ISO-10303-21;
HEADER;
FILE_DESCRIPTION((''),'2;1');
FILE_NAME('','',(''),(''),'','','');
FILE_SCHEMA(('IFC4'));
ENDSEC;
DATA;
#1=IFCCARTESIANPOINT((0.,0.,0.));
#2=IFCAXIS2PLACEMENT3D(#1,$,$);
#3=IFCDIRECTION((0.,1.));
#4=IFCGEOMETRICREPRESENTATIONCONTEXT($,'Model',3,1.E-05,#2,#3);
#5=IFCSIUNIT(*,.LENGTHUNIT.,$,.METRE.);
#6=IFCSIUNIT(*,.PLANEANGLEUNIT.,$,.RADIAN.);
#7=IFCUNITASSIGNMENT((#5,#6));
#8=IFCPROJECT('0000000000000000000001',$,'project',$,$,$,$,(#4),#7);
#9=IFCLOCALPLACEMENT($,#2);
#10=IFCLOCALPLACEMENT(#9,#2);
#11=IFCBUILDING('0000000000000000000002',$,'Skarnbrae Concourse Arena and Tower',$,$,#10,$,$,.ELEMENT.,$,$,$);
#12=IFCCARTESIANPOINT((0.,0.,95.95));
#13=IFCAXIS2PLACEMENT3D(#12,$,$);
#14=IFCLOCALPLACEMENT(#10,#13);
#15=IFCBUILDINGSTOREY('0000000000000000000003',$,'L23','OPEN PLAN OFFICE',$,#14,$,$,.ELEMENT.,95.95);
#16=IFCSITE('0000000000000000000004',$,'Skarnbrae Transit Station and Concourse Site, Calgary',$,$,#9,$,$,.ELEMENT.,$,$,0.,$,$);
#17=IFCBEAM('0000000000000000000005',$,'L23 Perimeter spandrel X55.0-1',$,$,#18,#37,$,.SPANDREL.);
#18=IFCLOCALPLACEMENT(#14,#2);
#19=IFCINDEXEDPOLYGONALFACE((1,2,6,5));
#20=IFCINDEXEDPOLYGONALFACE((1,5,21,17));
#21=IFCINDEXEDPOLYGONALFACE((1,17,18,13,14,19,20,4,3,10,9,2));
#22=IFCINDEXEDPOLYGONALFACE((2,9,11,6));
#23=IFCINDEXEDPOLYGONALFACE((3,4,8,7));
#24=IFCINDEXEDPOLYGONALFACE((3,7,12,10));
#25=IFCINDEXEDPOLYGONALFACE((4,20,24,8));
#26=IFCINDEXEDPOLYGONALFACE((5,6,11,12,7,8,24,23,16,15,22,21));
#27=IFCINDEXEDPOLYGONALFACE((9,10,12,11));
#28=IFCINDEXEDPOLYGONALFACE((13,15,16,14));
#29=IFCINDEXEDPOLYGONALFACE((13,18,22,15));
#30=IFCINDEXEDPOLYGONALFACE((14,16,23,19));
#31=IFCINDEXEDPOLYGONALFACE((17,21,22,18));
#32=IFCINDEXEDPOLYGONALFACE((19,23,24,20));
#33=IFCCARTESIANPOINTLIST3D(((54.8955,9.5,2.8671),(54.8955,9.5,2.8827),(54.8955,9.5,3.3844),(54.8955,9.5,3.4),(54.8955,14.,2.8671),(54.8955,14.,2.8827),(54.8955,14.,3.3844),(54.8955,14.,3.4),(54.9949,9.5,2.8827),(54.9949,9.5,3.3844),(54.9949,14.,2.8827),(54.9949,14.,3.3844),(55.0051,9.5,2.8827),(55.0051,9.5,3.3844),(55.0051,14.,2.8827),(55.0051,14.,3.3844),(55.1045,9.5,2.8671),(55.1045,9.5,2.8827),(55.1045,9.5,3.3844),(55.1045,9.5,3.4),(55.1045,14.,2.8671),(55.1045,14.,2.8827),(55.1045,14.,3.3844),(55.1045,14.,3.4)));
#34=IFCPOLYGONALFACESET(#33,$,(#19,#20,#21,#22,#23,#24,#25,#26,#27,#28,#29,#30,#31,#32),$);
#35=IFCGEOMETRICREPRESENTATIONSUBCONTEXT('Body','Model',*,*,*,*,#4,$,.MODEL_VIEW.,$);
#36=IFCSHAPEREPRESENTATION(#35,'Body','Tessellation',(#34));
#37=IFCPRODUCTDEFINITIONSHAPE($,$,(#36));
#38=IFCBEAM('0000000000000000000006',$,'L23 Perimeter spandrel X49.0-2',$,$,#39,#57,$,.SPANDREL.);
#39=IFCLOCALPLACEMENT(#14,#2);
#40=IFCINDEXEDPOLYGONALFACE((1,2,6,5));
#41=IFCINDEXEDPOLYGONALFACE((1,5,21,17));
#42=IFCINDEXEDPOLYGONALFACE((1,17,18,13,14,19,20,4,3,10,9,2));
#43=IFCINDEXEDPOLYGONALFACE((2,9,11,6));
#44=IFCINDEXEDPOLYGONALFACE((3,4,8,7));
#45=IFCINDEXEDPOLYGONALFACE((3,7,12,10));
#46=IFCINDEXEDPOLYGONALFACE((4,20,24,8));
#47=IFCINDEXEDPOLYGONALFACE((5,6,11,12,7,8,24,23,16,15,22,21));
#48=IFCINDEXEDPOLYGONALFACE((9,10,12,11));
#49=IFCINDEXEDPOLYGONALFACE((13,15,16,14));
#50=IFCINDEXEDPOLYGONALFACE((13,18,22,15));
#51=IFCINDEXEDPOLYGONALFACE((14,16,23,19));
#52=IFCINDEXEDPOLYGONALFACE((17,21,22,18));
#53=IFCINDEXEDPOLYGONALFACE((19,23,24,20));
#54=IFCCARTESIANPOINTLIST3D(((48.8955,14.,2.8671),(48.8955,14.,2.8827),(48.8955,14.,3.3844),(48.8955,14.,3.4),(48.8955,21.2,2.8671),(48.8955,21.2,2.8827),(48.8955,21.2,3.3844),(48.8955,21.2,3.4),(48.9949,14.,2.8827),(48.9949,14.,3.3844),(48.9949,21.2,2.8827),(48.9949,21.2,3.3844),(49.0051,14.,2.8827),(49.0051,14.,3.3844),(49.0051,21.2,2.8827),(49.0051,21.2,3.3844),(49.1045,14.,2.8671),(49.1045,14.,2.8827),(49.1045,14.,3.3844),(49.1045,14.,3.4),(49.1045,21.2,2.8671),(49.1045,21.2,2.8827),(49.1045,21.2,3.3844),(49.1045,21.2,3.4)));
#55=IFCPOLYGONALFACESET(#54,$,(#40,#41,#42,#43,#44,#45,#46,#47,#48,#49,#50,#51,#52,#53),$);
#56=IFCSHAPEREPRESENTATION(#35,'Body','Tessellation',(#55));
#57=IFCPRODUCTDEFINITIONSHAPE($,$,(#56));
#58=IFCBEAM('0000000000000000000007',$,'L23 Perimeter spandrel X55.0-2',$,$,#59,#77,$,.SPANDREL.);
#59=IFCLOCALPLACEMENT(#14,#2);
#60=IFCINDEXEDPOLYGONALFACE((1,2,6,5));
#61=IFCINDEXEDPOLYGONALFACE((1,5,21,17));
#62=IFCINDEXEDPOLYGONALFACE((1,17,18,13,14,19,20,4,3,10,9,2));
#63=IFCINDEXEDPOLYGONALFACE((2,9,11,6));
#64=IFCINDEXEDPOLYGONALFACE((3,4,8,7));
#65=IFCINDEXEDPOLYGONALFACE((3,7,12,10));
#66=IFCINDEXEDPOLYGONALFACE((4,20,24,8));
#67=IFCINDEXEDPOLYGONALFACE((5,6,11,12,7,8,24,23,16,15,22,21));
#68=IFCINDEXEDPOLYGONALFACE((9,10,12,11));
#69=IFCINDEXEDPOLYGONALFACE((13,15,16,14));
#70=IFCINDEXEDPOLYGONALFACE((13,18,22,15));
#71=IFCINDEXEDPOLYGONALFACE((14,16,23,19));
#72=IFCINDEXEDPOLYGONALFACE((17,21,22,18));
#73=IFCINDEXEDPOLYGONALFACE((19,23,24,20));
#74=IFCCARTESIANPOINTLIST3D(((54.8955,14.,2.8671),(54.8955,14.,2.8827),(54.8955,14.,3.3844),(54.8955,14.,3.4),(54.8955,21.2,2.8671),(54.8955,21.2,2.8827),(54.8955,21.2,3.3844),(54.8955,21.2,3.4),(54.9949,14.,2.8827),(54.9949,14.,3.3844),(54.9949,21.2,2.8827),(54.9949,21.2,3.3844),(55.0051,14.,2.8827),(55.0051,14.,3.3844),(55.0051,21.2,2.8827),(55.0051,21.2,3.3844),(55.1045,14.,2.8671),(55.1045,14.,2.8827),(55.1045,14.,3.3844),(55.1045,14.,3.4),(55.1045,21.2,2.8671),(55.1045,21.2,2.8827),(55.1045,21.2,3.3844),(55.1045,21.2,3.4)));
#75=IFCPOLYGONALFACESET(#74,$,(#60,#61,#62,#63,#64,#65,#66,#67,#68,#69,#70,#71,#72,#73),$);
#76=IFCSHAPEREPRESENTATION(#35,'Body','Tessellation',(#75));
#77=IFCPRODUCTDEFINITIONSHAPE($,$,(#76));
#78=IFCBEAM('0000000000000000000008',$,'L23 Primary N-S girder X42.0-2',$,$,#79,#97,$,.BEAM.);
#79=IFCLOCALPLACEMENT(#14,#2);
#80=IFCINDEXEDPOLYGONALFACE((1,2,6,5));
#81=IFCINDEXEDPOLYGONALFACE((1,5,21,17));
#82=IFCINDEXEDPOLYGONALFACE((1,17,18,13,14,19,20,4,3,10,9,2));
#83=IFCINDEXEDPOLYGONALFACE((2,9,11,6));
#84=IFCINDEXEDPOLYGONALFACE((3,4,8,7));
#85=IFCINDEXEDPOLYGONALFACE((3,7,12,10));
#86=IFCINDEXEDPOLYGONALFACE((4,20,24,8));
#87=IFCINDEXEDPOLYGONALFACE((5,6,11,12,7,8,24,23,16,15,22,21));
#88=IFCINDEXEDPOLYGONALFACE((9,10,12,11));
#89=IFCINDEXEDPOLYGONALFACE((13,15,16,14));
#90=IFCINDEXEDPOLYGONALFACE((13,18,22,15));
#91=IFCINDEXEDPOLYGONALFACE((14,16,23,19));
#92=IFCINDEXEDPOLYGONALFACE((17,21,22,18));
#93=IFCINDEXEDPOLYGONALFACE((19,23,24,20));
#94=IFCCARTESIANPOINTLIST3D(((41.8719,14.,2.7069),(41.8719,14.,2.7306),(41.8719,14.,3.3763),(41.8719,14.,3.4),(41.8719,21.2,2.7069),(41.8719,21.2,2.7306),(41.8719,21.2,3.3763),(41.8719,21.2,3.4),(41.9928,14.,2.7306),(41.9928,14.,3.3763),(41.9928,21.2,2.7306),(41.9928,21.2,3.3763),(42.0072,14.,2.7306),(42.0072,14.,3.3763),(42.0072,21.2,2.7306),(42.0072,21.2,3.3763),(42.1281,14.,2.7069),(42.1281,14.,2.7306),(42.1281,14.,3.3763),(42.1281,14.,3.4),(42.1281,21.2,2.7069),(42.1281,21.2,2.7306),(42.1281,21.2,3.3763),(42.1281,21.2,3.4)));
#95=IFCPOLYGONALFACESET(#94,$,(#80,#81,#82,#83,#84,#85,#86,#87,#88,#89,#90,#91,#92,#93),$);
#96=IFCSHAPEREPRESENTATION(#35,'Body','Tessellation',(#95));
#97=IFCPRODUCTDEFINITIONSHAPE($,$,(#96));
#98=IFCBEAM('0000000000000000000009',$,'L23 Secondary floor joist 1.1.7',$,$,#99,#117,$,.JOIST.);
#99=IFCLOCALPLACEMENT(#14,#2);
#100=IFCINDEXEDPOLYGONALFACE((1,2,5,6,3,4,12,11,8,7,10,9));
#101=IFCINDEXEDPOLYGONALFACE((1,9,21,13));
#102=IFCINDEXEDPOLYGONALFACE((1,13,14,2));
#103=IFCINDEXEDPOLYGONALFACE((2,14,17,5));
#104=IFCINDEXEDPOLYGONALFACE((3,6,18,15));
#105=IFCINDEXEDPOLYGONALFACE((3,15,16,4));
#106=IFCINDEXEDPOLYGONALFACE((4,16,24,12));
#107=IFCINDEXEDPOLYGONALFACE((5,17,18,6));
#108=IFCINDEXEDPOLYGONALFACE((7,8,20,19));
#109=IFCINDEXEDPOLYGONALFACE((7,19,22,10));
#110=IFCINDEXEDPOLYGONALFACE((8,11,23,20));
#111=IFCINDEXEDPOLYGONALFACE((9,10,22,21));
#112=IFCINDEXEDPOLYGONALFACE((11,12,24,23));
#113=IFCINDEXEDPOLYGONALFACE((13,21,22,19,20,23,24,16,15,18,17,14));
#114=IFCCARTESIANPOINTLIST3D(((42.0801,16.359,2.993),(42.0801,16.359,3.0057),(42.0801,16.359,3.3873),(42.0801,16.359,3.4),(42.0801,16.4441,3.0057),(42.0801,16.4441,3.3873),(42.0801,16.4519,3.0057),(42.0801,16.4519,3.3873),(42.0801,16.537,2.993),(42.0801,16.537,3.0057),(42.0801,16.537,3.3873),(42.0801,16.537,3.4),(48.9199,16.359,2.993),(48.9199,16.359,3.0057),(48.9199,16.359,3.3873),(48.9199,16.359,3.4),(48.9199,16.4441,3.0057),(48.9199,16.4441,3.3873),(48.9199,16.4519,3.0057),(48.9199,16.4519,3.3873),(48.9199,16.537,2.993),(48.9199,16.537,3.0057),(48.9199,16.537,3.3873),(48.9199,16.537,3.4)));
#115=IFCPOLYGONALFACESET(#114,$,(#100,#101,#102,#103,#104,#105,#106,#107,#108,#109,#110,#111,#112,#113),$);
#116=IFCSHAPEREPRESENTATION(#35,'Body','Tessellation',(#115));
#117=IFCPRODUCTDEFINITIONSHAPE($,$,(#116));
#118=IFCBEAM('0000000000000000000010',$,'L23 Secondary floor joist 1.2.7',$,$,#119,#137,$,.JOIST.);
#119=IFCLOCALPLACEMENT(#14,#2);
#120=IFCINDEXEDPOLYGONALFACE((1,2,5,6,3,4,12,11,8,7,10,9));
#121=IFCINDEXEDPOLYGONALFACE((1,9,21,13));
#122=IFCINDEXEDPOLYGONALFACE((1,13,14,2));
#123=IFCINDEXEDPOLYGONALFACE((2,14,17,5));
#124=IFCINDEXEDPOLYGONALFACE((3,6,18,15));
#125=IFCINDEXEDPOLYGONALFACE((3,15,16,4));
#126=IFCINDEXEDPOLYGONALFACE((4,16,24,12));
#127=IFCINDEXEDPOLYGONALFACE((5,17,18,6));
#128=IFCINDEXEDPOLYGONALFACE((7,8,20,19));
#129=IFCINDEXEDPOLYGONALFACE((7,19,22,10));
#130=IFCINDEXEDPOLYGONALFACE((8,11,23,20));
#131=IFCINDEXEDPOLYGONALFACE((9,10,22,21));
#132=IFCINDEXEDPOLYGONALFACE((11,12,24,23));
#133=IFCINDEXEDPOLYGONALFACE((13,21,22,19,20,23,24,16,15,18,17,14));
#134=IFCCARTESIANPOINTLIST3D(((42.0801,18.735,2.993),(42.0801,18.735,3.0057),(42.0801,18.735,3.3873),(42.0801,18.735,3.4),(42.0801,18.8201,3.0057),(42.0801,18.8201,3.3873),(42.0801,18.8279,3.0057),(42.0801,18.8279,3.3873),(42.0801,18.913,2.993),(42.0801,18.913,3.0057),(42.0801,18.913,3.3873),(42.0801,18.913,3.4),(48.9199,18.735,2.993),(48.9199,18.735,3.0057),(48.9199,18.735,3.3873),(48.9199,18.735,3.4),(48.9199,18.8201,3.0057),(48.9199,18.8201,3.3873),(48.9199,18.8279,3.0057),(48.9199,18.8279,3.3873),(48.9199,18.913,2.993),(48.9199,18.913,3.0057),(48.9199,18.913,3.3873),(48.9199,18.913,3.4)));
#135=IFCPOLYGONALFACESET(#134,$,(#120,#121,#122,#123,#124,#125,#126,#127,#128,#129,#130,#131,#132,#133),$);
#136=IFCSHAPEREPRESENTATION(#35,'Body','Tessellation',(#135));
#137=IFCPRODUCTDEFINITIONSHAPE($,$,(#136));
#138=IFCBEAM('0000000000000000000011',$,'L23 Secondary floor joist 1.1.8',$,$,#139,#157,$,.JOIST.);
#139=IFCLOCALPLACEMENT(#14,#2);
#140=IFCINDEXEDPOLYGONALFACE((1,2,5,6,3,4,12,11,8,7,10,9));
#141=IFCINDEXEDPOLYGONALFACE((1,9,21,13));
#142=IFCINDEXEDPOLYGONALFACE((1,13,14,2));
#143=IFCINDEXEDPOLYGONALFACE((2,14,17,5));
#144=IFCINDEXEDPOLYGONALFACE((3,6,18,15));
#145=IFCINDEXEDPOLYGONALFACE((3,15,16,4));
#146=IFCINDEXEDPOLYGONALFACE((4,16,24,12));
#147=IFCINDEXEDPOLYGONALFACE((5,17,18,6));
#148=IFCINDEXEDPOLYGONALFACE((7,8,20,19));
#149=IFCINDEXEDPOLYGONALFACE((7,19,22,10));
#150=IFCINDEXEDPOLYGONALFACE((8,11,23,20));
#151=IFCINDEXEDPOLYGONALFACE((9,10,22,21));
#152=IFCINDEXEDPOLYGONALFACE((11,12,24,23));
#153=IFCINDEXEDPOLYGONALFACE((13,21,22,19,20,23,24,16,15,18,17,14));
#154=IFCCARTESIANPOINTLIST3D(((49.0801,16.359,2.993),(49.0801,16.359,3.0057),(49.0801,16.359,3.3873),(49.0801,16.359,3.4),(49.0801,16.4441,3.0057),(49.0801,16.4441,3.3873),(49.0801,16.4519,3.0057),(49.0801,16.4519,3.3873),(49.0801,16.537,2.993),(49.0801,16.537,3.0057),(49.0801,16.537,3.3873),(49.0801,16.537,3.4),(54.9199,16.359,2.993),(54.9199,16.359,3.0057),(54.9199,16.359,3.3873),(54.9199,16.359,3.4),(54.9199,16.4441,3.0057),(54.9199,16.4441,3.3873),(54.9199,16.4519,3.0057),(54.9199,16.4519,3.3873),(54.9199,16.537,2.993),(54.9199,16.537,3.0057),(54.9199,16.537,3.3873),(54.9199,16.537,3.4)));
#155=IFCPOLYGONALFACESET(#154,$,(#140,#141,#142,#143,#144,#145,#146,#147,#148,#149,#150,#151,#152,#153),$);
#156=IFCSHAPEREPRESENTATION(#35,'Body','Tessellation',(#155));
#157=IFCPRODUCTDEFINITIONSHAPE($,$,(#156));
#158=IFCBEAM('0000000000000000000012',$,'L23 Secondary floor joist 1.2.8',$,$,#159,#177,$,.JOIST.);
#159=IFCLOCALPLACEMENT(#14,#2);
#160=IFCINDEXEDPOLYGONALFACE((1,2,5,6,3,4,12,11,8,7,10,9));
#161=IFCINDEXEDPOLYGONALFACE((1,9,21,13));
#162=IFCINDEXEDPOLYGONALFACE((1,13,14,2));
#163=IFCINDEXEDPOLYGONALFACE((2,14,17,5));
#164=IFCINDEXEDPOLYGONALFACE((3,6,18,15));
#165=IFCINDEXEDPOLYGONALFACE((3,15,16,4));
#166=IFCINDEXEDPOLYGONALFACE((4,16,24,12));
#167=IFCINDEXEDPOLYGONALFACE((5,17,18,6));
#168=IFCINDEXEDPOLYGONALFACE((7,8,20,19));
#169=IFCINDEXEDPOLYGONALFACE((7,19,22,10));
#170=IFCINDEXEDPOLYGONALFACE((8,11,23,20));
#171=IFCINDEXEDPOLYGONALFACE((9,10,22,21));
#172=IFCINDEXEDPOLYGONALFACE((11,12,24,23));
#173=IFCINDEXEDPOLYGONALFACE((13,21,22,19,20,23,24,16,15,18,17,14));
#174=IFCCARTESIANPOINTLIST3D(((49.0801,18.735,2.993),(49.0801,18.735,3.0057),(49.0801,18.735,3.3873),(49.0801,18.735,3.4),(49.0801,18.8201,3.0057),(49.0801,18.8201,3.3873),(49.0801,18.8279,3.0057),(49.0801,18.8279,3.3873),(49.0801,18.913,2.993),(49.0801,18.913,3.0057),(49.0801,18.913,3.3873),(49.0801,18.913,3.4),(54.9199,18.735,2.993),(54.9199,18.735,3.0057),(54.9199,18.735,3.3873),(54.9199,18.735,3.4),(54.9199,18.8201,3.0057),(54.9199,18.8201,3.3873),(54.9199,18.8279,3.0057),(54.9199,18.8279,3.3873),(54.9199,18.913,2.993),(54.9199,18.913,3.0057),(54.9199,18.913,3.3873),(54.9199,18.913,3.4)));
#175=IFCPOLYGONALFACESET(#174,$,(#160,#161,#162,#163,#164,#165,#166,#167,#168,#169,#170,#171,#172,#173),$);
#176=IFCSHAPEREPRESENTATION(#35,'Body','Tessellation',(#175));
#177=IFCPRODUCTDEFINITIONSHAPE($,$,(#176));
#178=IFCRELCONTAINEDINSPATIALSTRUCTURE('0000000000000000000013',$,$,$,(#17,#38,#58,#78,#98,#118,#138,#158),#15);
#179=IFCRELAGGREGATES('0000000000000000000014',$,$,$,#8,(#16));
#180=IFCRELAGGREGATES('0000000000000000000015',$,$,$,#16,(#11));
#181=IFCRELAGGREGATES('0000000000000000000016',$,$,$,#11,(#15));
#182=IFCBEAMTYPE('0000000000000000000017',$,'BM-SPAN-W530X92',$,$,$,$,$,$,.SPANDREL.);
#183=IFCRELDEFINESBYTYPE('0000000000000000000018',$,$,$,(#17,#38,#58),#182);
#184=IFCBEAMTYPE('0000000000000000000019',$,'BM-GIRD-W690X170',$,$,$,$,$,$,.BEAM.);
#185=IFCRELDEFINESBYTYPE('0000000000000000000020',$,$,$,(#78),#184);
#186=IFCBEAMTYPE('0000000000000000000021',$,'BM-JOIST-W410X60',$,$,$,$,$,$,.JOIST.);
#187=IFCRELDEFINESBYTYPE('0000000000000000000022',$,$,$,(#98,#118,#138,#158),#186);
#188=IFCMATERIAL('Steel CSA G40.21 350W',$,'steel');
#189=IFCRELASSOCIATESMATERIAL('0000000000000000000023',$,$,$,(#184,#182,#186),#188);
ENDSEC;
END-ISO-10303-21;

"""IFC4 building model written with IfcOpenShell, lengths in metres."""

from ifc_helpers import new_model, si_unit, direction, frame, origin, origin_2d, place, context, subcontext, project, spatial, i_section, extrude, source, transform, mapped, material, material_profile, profile_set, type_object, element, save


model = new_model("IFC4")

# Units and contexts
model_context = context("Model", 3, precision=1e-05, world=origin(), true_north=direction((0.0, 1.0)))
body_context = subcontext(model_context, "Body", "Model", "MODEL_VIEW")
ifc_project = project(units=[si_unit("LENGTHUNIT", "METRE"), si_unit("PLANEANGLEUNIT", "RADIAN")], contexts=[model_context])

# Site, building, storey
site_placement = place(None, origin())
site = spatial("IfcSite", under=ifc_project, at=site_placement, Name="Skarnbrae Transit Station and Concourse Site, Calgary", CompositionType="ELEMENT", RefElevation=0.0)
building_placement = place(site_placement, origin())
building = spatial("IfcBuilding", under=site, at=building_placement, Name="Skarnbrae Concourse Arena and Tower", CompositionType="ELEMENT")
storey_placement = place(building_placement, frame((0.0, 0.0, 95.95)))
storey = spatial("IfcBuildingStorey", under=building, at=storey_placement, Name="L23", Description="OPEN PLAN OFFICE", CompositionType="ELEMENT", Elevation=95.95)

# Shared definitions
ifc_material_1 = material(Name="Steel CSA G40.21 350W", Category="steel")

# Beams
ifc_material_profile_1 = material_profile(ifc_material_1, i_section(OverallWidth=0.2561, OverallDepth=0.6931, WebThickness=0.0144, FlangeThickness=0.0237, at=origin_2d()), Name="W690X170")
ifc_profile_set_1 = profile_set([ifc_material_profile_1], Name="Steel CSA G40.21 350W")
beam_type_1 = type_object("IfcBeamType", Name="BM-GIRD-W690X170", PredefinedType="BEAM", material=ifc_profile_set_1)
ifc_material_profile_2 = material_profile(ifc_material_1, i_section(OverallWidth=0.209, OverallDepth=0.533, WebThickness=0.0103, FlangeThickness=0.0156, at=origin_2d()), Name="W530X92")
ifc_profile_set_2 = profile_set([ifc_material_profile_2], Name="Steel CSA G40.21 350W")
beam_type_2 = type_object("IfcBeamType", Name="BM-SPAN-W530X92", PredefinedType="SPANDREL", material=ifc_profile_set_2)
shared_shape_1 = source(origin(), body_context, "Body", "SweptSolid", [
    extrude(i_section(OverallWidth=0.209, OverallDepth=0.533, WebThickness=0.0103, FlangeThickness=0.0156, at=origin_2d()), origin(), (0.0, 0.0, 1.0), 4.5),
])
beam_1_placement = place(storey_placement, frame((55.0, 9.5, 3.1335), z_axis=(0.0, 1.0, 0.0), x_axis=(-1.0, 0.0, 0.0)))
element("IfcBeam", 1, at=beam_1_placement, inside=storey, type_object=beam_type_2, Name="L23 Perimeter spandrel X55.0-1", PredefinedType="SPANDREL", context=body_context, shape_type="MappedRepresentation", body=[
    mapped(shared_shape_1, transform((0.0, 0.0, 0.0))),
])
shared_shape_2 = source(origin(), body_context, "Body", "SweptSolid", [
    extrude(i_section(OverallWidth=0.209, OverallDepth=0.533, WebThickness=0.0103, FlangeThickness=0.0156, at=origin_2d()), origin(), (0.0, 0.0, 1.0), 7.2),
])
for number, where, z_axis, x_axis, name in (
    (2, (49.0, 14.0, 3.1335), (0.0, 1.0, 0.0), (-1.0, 0.0, 0.0), "L23 Perimeter spandrel X49.0-2"),
    (3, (55.0, 14.0, 3.1335), (0.0, 1.0, 0.0), (-1.0, 0.0, 0.0), "L23 Perimeter spandrel X55.0-2"),
):
    element("IfcBeam", number, at=place(storey_placement, frame(where, z_axis=z_axis, x_axis=x_axis)), inside=storey, type_object=beam_type_2, Name=name, PredefinedType="SPANDREL", context=body_context, shape_type="MappedRepresentation", body=[
        mapped(shared_shape_2, transform((0.0, 0.0, 0.0))),
    ])
shared_shape_3 = source(origin(), body_context, "Body", "SweptSolid", [
    extrude(i_section(OverallWidth=0.2561, OverallDepth=0.6931, WebThickness=0.0144, FlangeThickness=0.0237, at=origin_2d()), origin(), (0.0, 0.0, 1.0), 7.2),
])
beam_2_placement = place(storey_placement, frame((42.0, 14.0, 3.0535), z_axis=(0.0, 1.0, 0.0), x_axis=(-1.0, 0.0, 0.0)))
element("IfcBeam", 4, at=beam_2_placement, inside=storey, type_object=beam_type_1, Name="L23 Primary N-S girder X42.0-2", PredefinedType="BEAM", context=body_context, shape_type="MappedRepresentation", body=[
    mapped(shared_shape_3, transform((0.0, 0.0, 0.0))),
])
ifc_material_profile_3 = material_profile(ifc_material_1, i_section(OverallWidth=0.178, OverallDepth=0.407, WebThickness=0.0078, FlangeThickness=0.0127, at=origin_2d()), Name="W410X60")
ifc_profile_set_3 = profile_set([ifc_material_profile_3], Name="Steel CSA G40.21 350W")
beam_type_3 = type_object("IfcBeamType", Name="BM-JOIST-W410X60", PredefinedType="JOIST", material=ifc_profile_set_3)
shared_shape_4 = source(origin(), body_context, "Body", "SweptSolid", [
    extrude(i_section(OverallWidth=0.178, OverallDepth=0.407, WebThickness=0.0078, FlangeThickness=0.0127, at=origin_2d()), origin(), (0.0, 0.0, 1.0), 6.8398),
])
for number, where, z_axis, x_axis, name in (
    (5, (42.0801, 16.448, 3.1965), (1.0, 0.0, 0.0), (0.0, 1.0, 0.0), "L23 Secondary floor joist 1.1.7"),
    (6, (42.0801, 18.824, 3.1965), (1.0, 0.0, 0.0), (0.0, 1.0, 0.0), "L23 Secondary floor joist 1.2.7"),
):
    element("IfcBeam", number, at=place(storey_placement, frame(where, z_axis=z_axis, x_axis=x_axis)), inside=storey, type_object=beam_type_3, Name=name, PredefinedType="JOIST", context=body_context, shape_type="MappedRepresentation", body=[
        mapped(shared_shape_4, transform((0.0, 0.0, 0.0))),
    ])
shared_shape_5 = source(origin(), body_context, "Body", "SweptSolid", [
    extrude(i_section(OverallWidth=0.178, OverallDepth=0.407, WebThickness=0.0078, FlangeThickness=0.0127, at=origin_2d()), origin(), (0.0, 0.0, 1.0), 5.8398),
])
for number, where, z_axis, x_axis, name in (
    (7, (49.0801, 16.448, 3.1965), (1.0, 0.0, 0.0), (0.0, 1.0, 0.0), "L23 Secondary floor joist 1.1.8"),
    (8, (49.0801, 18.824, 3.1965), (1.0, 0.0, 0.0), (0.0, 1.0, 0.0), "L23 Secondary floor joist 1.2.8"),
):
    element("IfcBeam", number, at=place(storey_placement, frame(where, z_axis=z_axis, x_axis=x_axis)), inside=storey, type_object=beam_type_3, Name=name, PredefinedType="JOIST", context=body_context, shape_type="MappedRepresentation", body=[
        mapped(shared_shape_5, transform((0.0, 0.0, 0.0))),
    ])

save(model, "model.ifc")
